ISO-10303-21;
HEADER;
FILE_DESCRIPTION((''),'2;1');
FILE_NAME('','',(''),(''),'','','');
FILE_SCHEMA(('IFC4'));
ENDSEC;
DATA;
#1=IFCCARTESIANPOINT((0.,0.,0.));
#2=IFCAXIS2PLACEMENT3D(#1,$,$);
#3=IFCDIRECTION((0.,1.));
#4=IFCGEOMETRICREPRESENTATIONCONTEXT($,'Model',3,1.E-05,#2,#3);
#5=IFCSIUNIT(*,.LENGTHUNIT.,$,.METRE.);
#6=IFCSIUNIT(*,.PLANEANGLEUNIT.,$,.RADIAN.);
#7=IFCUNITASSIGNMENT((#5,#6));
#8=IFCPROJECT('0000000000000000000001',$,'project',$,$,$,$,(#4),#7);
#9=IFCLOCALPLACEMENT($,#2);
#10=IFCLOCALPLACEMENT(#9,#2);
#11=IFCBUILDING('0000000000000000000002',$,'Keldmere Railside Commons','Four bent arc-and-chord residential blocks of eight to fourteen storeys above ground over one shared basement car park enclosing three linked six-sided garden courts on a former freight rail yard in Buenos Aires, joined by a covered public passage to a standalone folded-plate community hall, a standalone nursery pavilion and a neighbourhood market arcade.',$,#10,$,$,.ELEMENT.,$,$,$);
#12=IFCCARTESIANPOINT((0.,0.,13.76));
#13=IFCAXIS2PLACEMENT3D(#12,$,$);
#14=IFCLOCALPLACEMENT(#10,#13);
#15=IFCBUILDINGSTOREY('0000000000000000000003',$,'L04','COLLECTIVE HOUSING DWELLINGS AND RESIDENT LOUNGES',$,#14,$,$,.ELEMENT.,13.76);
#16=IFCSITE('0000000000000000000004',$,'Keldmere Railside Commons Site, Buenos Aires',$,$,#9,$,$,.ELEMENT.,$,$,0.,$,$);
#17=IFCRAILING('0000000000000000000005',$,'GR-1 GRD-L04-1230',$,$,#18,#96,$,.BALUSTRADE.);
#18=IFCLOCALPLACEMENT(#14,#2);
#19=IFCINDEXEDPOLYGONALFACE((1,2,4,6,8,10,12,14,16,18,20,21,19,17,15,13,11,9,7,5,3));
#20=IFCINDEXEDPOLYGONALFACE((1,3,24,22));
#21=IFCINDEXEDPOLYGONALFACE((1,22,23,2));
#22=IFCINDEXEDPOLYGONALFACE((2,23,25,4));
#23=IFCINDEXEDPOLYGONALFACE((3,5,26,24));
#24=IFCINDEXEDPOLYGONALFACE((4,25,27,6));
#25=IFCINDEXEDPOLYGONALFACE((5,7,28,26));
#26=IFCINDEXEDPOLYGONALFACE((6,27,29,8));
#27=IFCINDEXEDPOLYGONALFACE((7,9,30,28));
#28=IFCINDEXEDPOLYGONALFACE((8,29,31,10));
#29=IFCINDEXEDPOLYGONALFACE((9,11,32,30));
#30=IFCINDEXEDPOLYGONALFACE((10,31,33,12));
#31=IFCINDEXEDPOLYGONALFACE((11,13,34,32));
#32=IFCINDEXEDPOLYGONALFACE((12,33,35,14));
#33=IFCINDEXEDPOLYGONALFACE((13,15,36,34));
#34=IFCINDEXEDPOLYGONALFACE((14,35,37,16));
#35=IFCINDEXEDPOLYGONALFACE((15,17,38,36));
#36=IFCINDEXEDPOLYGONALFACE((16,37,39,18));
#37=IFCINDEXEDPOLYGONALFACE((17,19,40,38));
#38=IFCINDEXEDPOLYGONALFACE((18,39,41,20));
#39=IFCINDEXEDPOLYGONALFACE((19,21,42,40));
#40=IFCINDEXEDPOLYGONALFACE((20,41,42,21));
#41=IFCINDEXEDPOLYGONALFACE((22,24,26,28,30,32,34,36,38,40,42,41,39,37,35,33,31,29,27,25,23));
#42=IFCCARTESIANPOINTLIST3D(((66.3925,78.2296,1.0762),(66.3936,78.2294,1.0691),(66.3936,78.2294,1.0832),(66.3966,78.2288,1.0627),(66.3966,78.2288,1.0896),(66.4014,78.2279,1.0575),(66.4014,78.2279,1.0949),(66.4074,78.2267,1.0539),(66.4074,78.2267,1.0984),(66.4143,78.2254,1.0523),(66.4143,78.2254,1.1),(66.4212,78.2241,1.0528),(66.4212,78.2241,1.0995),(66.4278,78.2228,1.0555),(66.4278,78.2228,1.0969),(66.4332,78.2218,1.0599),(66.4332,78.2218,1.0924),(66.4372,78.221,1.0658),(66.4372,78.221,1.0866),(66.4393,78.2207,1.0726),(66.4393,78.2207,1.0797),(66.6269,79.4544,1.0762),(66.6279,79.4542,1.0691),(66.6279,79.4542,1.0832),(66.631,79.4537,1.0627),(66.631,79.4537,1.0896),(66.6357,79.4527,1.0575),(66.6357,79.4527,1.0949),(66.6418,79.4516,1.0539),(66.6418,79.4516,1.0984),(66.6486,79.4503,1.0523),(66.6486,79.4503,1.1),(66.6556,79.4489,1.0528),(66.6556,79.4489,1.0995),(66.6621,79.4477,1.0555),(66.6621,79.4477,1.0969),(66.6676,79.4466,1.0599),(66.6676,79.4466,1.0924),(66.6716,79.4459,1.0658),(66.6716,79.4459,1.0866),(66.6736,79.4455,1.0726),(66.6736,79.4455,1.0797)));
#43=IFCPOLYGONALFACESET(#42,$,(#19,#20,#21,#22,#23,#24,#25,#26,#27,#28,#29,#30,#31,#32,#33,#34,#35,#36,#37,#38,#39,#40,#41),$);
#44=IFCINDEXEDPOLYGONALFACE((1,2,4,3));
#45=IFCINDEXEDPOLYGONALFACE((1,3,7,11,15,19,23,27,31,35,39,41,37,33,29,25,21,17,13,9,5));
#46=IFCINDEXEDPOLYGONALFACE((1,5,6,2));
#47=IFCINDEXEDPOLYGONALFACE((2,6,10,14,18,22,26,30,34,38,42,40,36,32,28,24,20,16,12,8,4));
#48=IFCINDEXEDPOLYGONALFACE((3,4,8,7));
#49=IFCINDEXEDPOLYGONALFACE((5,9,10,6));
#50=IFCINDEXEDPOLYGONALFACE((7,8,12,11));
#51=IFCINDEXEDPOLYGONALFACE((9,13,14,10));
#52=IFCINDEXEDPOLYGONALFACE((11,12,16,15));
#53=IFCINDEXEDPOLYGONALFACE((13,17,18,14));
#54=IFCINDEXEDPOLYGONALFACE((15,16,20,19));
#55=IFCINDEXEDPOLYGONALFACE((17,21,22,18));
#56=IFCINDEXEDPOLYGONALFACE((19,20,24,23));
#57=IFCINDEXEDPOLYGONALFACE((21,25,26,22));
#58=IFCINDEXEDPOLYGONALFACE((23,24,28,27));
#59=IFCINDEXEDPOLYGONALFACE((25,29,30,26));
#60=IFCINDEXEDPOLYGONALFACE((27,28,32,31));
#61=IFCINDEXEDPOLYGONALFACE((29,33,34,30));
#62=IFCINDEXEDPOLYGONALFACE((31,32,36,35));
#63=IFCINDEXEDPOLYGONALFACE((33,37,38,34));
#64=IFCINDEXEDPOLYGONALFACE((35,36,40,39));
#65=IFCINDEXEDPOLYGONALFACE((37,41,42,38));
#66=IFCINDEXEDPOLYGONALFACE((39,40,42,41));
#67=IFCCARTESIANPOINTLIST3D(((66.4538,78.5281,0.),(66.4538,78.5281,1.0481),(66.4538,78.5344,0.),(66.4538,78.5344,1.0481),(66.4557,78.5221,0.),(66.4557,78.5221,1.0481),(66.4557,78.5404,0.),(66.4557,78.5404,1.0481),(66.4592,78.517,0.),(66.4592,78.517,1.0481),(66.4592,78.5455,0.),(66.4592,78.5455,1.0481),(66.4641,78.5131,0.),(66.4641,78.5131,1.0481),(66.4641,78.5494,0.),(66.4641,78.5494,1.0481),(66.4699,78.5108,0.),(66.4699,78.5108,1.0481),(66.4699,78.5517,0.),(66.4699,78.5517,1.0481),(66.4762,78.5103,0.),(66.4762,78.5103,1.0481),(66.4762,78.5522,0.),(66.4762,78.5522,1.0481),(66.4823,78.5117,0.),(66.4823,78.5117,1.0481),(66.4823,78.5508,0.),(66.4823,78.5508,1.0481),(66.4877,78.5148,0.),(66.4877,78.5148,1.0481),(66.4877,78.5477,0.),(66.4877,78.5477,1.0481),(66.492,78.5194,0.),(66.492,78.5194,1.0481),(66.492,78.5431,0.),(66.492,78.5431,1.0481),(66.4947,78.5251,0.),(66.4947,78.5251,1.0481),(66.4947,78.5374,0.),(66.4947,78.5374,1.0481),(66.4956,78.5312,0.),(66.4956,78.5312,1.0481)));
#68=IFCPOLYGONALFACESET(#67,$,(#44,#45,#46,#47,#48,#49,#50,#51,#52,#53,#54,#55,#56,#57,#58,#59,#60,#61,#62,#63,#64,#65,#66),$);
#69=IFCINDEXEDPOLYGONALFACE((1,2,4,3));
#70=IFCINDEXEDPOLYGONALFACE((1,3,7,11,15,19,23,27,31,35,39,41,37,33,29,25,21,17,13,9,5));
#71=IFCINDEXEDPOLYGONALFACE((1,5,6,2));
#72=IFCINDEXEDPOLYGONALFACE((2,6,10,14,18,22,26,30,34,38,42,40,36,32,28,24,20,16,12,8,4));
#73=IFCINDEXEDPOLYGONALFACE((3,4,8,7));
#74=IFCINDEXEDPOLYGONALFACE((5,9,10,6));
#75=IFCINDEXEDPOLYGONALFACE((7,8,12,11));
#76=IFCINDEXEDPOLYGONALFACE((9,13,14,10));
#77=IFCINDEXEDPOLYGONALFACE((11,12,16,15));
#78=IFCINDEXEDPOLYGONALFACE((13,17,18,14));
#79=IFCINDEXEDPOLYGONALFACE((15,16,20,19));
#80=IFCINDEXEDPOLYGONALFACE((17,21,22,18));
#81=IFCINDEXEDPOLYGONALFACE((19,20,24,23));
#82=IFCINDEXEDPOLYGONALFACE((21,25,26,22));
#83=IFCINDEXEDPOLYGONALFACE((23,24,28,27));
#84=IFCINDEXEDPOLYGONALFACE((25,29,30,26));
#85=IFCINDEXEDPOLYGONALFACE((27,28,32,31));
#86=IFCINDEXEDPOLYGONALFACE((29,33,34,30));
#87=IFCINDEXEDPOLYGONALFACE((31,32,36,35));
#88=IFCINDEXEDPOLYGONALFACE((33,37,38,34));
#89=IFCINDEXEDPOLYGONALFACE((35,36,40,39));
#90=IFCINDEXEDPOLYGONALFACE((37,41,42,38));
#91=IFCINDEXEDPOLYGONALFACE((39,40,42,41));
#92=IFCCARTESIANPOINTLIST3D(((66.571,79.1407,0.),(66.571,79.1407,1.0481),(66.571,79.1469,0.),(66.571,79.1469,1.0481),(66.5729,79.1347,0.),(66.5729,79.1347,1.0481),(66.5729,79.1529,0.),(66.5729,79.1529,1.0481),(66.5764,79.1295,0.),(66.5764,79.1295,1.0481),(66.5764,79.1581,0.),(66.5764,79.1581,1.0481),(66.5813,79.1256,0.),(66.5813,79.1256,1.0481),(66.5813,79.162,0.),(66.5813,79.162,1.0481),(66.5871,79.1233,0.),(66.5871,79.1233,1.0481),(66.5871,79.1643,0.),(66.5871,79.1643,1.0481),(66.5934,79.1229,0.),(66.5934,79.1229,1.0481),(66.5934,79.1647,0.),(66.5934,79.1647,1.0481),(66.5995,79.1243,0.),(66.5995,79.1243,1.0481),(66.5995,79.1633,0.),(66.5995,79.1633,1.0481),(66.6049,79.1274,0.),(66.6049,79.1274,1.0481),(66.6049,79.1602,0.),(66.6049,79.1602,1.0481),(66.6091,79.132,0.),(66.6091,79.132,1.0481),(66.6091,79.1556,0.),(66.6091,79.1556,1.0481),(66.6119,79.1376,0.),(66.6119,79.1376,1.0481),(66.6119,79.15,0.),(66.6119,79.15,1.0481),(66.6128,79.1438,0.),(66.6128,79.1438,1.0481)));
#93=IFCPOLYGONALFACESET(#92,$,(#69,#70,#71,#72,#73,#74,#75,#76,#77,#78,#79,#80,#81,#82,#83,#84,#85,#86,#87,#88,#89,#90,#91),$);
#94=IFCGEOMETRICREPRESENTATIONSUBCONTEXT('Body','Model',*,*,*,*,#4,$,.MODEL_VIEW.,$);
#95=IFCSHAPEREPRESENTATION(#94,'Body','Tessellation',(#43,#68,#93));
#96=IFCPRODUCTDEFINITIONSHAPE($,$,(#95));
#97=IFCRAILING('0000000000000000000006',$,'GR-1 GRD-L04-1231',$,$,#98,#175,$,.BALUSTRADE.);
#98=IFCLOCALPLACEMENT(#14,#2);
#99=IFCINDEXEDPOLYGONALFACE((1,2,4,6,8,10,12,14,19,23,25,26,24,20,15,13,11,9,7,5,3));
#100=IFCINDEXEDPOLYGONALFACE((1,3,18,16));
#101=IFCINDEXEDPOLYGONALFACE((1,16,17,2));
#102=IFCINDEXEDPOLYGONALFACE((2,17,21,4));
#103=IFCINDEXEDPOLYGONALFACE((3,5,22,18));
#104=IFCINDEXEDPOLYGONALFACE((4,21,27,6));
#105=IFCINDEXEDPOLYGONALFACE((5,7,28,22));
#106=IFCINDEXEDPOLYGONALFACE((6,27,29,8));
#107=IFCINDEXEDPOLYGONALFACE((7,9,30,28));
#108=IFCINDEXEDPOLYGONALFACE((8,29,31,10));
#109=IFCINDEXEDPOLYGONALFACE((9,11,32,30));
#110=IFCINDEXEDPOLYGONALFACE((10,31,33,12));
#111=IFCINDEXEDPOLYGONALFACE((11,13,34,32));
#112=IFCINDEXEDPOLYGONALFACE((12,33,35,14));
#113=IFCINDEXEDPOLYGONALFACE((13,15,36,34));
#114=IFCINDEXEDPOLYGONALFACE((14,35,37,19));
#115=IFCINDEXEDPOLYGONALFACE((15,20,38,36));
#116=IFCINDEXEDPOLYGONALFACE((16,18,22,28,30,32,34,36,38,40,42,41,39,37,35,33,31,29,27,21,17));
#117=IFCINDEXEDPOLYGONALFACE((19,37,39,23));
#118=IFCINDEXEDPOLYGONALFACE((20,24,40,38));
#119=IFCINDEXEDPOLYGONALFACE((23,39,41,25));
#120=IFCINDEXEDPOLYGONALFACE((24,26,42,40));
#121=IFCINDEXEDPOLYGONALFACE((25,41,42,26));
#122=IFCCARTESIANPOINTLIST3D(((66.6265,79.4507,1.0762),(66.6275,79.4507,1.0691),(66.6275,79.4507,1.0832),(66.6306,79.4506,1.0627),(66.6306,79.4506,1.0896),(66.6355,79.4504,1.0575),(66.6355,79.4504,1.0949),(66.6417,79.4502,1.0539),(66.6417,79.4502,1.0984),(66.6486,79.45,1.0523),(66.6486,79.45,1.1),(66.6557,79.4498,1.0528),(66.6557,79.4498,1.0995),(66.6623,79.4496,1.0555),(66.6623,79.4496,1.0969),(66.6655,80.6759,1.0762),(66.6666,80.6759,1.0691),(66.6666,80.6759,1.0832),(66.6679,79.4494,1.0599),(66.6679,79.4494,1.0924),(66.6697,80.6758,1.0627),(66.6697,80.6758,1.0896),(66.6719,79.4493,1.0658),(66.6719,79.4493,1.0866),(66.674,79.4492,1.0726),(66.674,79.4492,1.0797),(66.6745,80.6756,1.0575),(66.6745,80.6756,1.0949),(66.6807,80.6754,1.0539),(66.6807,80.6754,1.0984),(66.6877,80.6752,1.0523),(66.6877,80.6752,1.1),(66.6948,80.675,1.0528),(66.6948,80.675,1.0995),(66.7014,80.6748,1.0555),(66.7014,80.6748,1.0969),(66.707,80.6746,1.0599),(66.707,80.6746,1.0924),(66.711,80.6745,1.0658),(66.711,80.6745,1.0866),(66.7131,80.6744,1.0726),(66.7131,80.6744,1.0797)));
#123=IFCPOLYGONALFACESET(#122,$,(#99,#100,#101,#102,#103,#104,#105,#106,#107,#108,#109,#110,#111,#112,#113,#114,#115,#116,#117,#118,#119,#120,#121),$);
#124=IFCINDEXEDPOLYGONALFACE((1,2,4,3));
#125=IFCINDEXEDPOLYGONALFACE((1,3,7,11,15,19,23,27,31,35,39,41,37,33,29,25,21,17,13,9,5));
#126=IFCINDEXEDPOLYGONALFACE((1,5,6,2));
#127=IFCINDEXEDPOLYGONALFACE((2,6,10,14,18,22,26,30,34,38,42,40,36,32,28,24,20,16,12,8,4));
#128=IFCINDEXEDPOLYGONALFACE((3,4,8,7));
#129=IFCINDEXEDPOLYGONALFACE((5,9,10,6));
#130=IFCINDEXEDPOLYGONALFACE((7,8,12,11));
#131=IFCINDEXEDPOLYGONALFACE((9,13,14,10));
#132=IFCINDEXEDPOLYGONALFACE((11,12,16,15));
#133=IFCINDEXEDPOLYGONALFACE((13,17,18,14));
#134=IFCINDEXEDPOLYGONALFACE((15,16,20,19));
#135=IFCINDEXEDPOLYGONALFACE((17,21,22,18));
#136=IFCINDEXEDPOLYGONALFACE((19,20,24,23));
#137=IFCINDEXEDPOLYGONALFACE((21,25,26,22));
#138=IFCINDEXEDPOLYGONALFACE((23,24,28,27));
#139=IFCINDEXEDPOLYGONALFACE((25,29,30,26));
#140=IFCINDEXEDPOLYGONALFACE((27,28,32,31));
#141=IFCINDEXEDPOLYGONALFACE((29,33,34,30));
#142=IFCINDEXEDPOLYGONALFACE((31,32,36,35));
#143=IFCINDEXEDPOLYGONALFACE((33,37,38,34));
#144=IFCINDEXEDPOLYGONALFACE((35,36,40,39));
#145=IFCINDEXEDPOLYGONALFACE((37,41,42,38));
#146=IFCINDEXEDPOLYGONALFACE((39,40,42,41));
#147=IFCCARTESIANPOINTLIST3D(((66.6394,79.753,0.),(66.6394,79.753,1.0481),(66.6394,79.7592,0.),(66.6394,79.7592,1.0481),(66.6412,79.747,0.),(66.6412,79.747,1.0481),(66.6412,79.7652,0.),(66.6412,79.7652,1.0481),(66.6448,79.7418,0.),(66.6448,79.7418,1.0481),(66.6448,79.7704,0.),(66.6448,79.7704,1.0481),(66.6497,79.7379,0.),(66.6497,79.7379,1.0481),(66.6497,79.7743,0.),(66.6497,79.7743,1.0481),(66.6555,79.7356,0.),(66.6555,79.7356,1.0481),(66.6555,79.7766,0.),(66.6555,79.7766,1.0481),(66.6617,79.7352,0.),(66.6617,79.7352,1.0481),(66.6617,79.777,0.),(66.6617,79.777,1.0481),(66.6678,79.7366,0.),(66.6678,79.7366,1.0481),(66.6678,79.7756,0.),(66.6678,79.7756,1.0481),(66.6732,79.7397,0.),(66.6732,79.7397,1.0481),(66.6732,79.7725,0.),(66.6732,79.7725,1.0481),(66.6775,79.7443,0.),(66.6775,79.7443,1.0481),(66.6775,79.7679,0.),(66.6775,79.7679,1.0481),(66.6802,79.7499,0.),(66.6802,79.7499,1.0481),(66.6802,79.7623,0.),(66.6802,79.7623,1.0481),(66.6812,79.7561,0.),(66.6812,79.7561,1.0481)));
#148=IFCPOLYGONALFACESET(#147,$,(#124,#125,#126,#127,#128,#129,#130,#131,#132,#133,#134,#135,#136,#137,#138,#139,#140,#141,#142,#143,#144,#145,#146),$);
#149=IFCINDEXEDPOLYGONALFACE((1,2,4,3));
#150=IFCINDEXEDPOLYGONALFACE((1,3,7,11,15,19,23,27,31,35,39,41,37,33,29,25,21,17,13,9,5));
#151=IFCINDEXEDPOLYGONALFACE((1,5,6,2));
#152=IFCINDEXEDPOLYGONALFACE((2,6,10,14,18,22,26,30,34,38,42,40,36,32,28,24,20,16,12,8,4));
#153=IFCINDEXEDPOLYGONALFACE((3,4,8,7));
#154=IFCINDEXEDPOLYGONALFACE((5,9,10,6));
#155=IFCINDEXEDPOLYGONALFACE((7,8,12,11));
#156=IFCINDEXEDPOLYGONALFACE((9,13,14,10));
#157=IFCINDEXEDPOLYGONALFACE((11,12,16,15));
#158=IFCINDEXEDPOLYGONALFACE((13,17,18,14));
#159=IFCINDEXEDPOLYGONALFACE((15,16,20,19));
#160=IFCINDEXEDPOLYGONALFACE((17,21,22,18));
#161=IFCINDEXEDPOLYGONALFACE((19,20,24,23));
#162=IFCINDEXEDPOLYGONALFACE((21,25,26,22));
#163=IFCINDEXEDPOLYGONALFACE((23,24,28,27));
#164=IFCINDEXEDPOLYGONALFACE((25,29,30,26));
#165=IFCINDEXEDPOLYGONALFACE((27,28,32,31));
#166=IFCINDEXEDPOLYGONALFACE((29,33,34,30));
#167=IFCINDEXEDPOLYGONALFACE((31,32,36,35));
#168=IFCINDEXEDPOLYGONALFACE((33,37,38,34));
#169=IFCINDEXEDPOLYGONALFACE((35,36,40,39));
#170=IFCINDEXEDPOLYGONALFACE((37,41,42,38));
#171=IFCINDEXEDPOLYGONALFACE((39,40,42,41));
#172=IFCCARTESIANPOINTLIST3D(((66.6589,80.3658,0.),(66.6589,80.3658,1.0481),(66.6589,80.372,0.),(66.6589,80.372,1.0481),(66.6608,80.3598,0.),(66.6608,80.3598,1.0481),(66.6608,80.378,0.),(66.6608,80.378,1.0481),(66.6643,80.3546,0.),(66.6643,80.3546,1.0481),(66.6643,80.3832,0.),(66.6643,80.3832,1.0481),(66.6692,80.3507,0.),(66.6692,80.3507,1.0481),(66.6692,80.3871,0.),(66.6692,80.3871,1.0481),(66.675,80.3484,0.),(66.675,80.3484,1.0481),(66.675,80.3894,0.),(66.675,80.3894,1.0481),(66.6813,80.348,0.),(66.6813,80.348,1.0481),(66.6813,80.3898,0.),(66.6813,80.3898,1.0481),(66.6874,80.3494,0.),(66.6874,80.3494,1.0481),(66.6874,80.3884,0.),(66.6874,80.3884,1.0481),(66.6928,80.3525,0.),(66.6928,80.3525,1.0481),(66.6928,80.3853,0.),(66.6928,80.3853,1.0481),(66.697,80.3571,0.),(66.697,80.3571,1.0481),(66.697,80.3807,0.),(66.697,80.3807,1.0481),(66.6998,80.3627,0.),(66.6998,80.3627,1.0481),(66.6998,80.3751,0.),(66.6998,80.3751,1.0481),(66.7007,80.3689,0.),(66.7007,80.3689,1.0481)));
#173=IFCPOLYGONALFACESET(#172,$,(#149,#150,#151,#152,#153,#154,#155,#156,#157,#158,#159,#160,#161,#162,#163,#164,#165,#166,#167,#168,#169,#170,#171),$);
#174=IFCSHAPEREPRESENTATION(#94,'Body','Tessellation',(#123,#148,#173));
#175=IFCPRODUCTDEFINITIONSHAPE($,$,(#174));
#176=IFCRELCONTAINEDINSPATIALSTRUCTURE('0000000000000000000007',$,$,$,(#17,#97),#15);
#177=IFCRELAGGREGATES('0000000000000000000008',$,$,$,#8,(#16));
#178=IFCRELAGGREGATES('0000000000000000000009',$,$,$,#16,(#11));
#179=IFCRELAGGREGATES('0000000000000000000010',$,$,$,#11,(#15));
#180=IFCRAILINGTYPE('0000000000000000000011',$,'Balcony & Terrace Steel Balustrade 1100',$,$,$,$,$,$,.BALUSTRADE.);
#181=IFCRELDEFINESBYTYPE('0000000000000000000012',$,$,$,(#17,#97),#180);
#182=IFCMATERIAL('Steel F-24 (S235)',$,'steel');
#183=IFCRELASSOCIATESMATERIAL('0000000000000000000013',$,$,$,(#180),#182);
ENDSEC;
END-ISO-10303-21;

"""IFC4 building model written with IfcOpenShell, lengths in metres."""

from ifc_helpers import new_model, si_unit, direction, frame, origin, origin_2d, place, context, subcontext, project, spatial, circle, extrude, material, type_object, element, save


model = new_model("IFC4")

# Units and contexts
model_context = context("Model", 3, precision=1e-05, world=origin(), true_north=direction((0.0, 1.0)))
body_context = subcontext(model_context, "Body", "Model", "MODEL_VIEW")
ifc_project = project(units=[si_unit("LENGTHUNIT", "METRE"), si_unit("PLANEANGLEUNIT", "RADIAN")], contexts=[model_context])

# Site, building, storey
site_placement = place(None, origin())
site = spatial("IfcSite", under=ifc_project, at=site_placement, Name="Keldmere Railside Commons Site, Buenos Aires", CompositionType="ELEMENT", RefElevation=0.0)
building_placement = place(site_placement, origin())
building = spatial("IfcBuilding", under=site, at=building_placement, Name="Keldmere Railside Commons", Description="Four bent arc-and-chord residential blocks of eight to fourteen storeys above ground over one shared basement car park enclosing three linked six-sided garden courts on a former freight rail yard in Buenos Aires, joined by a covered public passage to a standalone folded-plate community hall, a standalone nursery pavilion and a neighbourhood market arcade.", CompositionType="ELEMENT")
storey_placement = place(building_placement, frame((0.0, 0.0, 13.76)))
storey = spatial("IfcBuildingStorey", under=building, at=storey_placement, Name="L04", Description="COLLECTIVE HOUSING DWELLINGS AND RESIDENT LOUNGES", CompositionType="ELEMENT", Elevation=13.76)

# Railings
ifc_material_1 = material(Name="Steel F-24 (S235)", Category="steel")
railing_type = type_object("IfcRailingType", Name="Balcony & Terrace Steel Balustrade 1100", PredefinedType="BALUSTRADE", material=ifc_material_1)
railing_1_placement = place(storey_placement, frame((66.416, 78.2251, 0.0)))
element("IfcRailing", 1, at=railing_1_placement, inside=storey, type_object=railing_type, Name="GR-1 GRD-L04-1230", PredefinedType="BALUSTRADE", context=body_context, shape_type="SweptSolid", body=[
    extrude(circle(Radius=0.0239, at=origin_2d()), frame((0.0, 0.0, 1.0762), z_axis=(0.18794, 0.982181, 0.0), x_axis=(-0.982181, 0.18794, 0.0)), (0.0, 0.0, 1.0), 1.2471),
    extrude(circle(Radius=0.021, at=origin_2d()), frame((0.0586, 0.3062, 0.0)), (0.0, 0.0, 1.0), 1.0481),
    extrude(circle(Radius=0.021, at=origin_2d()), frame((0.1758, 0.9187, 0.0)), (0.0, 0.0, 1.0), 1.0481),
])
railing_2_placement = place(storey_placement, frame((66.6504, 79.45, 0.0)))
element("IfcRailing", 2, at=railing_2_placement, inside=storey, type_object=railing_type, Name="GR-1 GRD-L04-1231", PredefinedType="BALUSTRADE", context=body_context, shape_type="SweptSolid", body=[
    extrude(circle(Radius=0.0239, at=origin_2d()), frame((0.0, 0.0, 1.0762), z_axis=(0.031869, 0.999492, 0.0), x_axis=(-0.999492, 0.031869, 0.0)), (0.0, 0.0, 1.0), 1.2258),
    extrude(circle(Radius=0.021, at=origin_2d()), frame((0.0098, 0.3062, 0.0)), (0.0, 0.0, 1.0), 1.0481),
    extrude(circle(Radius=0.021, at=origin_2d()), frame((0.0293, 0.9189, 0.0)), (0.0, 0.0, 1.0), 1.0481),
])

save(model, "model.ifc")
